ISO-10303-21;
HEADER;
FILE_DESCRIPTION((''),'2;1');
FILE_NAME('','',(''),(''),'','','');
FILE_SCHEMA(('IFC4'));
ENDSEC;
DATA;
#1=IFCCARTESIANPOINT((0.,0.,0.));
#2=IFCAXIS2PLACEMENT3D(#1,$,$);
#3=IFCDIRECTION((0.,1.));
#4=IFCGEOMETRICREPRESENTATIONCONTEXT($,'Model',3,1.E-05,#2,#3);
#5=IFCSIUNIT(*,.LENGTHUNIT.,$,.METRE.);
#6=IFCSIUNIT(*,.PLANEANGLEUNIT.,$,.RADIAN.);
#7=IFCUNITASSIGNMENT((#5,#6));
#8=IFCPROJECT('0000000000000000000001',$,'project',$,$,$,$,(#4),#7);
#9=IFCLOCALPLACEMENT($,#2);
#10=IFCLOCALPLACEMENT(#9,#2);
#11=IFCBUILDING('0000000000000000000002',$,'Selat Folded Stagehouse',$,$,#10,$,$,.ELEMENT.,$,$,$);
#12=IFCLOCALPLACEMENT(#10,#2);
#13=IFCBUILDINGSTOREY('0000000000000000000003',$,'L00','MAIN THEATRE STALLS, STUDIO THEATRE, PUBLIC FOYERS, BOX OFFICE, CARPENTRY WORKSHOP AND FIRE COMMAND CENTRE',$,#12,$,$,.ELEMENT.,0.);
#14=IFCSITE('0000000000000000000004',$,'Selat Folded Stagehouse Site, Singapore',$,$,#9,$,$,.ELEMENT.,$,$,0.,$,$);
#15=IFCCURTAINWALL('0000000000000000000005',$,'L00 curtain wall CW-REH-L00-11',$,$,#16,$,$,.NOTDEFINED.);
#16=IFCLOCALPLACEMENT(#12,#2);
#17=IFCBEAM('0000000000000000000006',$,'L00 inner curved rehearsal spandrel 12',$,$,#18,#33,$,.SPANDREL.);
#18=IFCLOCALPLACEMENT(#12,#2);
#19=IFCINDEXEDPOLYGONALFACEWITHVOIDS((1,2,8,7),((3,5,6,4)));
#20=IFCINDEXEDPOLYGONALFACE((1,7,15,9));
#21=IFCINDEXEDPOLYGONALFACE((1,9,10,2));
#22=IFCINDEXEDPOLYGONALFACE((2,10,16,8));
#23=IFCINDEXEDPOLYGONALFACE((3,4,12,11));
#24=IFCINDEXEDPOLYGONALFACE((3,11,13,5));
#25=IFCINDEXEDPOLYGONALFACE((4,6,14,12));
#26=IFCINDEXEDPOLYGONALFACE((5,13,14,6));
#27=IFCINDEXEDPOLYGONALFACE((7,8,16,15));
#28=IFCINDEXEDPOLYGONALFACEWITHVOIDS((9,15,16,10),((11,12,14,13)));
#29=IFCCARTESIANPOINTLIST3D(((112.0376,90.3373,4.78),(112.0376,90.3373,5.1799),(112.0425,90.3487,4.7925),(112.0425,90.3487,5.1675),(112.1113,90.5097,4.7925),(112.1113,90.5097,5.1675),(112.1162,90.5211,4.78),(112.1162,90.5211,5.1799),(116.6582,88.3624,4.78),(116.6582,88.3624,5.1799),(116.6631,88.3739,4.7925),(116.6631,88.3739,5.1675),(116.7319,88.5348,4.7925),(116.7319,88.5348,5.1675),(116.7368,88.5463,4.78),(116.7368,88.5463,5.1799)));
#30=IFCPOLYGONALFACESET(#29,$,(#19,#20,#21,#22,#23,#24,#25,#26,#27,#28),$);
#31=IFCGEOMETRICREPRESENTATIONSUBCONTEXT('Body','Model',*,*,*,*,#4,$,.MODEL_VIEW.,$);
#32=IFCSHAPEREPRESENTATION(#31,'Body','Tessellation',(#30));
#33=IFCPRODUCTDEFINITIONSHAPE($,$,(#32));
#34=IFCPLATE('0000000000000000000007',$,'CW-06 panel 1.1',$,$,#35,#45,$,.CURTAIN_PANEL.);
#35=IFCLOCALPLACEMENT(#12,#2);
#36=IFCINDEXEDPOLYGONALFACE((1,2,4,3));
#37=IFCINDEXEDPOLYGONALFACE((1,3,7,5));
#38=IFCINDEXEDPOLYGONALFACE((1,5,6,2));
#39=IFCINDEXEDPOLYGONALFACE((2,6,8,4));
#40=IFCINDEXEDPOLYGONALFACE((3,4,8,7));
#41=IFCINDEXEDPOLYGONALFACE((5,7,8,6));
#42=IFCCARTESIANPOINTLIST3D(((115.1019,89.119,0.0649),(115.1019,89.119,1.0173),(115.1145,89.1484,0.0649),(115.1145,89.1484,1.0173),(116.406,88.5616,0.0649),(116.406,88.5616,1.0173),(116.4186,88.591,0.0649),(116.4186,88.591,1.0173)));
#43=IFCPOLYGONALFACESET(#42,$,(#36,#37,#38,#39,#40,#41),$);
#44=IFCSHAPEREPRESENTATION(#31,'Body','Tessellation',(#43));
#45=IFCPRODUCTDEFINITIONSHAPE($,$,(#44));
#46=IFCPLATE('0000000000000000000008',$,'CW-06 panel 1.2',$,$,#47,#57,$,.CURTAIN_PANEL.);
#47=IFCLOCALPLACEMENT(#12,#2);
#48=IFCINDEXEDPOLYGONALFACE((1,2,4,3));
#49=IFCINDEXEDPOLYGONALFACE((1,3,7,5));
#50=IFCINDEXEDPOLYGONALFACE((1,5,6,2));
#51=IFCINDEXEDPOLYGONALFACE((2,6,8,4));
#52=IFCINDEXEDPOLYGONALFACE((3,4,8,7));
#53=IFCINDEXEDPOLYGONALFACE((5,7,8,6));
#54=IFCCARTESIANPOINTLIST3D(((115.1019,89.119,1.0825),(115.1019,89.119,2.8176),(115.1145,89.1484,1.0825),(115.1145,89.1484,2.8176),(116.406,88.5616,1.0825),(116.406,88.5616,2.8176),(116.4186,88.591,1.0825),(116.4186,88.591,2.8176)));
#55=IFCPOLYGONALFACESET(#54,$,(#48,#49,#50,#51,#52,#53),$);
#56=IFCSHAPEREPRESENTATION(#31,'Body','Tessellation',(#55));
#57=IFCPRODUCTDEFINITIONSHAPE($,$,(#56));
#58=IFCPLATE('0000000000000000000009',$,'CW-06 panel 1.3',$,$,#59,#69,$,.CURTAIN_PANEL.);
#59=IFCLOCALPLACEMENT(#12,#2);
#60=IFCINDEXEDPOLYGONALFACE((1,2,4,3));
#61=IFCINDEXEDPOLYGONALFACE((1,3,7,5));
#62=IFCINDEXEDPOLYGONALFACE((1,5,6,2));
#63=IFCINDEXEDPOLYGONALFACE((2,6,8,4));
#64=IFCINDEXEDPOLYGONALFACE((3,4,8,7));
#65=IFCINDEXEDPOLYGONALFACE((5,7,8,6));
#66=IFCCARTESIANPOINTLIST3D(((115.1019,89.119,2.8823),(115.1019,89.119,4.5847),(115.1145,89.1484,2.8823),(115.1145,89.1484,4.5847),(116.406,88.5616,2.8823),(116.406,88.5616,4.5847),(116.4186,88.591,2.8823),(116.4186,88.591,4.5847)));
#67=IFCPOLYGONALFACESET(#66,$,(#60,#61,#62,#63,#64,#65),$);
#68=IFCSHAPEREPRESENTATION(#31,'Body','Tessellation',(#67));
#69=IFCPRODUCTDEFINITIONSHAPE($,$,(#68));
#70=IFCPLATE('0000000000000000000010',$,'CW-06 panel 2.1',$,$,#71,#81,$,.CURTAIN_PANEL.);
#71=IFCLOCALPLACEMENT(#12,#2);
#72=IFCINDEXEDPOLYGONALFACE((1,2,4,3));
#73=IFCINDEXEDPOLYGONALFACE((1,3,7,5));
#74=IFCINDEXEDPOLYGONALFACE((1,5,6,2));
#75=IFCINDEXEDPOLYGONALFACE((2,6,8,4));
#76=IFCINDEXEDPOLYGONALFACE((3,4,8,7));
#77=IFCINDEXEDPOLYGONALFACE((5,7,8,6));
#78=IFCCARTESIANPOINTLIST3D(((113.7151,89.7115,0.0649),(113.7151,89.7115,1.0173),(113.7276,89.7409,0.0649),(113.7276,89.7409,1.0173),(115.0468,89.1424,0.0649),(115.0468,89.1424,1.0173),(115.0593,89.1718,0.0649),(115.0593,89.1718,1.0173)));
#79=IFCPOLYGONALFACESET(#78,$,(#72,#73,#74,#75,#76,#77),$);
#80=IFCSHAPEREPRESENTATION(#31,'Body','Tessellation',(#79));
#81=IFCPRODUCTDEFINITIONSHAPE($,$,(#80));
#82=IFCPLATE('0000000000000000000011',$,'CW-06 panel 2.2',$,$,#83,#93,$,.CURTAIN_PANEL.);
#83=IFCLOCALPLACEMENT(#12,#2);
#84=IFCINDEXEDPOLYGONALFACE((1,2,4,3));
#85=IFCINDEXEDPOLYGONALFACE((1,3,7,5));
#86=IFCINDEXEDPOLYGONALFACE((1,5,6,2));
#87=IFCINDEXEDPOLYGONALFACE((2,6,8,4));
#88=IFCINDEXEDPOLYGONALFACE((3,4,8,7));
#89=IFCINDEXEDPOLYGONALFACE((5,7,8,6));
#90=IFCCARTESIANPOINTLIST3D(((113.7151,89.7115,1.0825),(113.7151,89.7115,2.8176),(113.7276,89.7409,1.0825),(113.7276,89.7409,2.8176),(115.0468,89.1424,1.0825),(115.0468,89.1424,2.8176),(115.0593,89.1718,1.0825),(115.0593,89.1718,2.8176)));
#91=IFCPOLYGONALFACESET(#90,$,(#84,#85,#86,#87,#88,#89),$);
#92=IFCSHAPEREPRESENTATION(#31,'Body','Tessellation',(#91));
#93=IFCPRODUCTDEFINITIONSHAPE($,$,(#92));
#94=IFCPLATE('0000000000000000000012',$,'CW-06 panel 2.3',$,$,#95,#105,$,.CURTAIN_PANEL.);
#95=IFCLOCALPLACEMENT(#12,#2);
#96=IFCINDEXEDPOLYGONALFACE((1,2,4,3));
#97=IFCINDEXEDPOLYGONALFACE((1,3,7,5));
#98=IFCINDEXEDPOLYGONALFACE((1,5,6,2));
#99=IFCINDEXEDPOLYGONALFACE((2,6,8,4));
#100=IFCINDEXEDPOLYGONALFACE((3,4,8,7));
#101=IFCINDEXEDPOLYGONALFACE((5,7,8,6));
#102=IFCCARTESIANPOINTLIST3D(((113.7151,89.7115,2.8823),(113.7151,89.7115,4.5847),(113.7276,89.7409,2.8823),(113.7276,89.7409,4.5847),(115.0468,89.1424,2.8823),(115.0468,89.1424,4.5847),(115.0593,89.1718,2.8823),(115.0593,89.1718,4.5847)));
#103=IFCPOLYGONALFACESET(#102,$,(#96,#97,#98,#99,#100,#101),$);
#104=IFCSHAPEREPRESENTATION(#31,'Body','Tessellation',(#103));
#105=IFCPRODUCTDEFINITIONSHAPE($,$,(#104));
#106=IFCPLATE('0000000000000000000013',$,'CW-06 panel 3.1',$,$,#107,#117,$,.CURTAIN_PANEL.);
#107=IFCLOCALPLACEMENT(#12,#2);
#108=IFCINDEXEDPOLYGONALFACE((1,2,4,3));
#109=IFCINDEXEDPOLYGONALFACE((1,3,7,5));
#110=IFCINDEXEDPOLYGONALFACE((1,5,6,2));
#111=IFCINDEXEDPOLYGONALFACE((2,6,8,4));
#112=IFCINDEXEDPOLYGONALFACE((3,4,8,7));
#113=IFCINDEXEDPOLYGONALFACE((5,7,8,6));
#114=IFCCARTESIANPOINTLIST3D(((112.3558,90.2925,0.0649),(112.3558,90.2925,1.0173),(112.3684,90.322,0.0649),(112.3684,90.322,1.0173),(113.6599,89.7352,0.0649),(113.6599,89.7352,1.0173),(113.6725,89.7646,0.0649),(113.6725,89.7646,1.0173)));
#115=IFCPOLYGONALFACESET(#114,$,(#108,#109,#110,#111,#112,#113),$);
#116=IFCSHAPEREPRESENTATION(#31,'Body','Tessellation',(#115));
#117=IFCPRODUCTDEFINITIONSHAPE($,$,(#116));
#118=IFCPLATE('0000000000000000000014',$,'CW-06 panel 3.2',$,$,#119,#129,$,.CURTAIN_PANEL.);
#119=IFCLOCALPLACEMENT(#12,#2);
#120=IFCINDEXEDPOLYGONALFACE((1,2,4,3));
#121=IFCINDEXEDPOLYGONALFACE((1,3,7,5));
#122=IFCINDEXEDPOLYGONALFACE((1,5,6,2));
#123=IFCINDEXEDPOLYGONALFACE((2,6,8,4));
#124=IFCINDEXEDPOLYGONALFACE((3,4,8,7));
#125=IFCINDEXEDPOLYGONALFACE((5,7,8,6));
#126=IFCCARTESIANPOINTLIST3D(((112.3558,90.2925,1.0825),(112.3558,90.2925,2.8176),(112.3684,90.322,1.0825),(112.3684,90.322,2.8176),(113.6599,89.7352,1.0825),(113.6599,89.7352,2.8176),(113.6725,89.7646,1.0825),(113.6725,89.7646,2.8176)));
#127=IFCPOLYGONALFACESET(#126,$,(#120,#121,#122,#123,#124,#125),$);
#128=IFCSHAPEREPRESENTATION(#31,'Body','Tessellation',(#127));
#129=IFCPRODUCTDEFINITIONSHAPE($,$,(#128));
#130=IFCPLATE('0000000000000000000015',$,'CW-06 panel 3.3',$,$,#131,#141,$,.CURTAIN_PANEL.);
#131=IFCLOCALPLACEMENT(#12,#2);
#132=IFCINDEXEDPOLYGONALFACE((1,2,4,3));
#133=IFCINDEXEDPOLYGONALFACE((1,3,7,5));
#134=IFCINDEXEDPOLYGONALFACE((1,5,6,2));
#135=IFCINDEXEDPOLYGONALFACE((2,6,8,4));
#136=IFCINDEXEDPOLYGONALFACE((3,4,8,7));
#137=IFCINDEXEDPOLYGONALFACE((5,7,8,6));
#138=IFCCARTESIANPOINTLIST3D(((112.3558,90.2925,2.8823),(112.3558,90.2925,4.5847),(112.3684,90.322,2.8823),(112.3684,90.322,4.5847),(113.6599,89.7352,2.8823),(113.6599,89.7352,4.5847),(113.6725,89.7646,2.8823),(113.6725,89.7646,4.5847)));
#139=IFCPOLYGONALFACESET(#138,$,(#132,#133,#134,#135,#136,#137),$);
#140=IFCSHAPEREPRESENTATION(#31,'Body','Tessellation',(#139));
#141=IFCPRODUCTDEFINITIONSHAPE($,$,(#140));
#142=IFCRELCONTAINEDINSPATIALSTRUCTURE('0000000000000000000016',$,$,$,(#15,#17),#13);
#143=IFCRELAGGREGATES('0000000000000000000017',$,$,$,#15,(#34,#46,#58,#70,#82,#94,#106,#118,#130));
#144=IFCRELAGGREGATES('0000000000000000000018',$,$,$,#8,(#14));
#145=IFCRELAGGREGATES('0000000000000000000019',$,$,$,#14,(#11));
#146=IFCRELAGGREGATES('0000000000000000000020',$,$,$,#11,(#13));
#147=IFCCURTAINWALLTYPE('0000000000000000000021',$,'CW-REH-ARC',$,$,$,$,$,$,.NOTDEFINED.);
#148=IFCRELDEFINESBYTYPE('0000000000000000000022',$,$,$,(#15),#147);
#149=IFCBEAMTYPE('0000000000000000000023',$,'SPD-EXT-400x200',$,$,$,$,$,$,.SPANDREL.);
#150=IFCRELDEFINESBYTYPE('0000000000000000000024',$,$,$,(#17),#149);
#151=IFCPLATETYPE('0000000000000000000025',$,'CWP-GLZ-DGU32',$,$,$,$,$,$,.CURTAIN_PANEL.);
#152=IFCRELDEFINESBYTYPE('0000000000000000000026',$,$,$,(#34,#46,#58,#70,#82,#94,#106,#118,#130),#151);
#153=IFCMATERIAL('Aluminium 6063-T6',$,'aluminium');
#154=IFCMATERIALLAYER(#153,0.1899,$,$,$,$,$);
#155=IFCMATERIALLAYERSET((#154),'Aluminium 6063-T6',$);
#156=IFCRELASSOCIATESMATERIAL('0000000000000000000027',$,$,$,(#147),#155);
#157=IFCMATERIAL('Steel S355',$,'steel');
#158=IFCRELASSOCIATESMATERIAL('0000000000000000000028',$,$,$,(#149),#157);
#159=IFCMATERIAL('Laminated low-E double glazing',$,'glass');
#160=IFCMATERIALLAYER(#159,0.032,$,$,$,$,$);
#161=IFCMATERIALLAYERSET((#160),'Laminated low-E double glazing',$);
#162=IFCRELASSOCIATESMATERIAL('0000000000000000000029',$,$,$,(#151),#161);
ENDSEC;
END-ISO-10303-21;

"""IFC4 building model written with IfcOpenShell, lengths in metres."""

from ifc_helpers import new_model, si_unit, direction, frame, origin, origin_2d, place, context, subcontext, project, spatial, rectangle, hollow_rectangle, extrude, material, layer, layer_set, material_profile, profile_set, type_object, element, aggregate, save


model = new_model("IFC4")

# Units and contexts
model_context = context("Model", 3, precision=1e-05, world=origin(), true_north=direction((0.0, 1.0)))
body_context = subcontext(model_context, "Body", "Model", "MODEL_VIEW")
ifc_project = project(units=[si_unit("LENGTHUNIT", "METRE"), si_unit("PLANEANGLEUNIT", "RADIAN")], contexts=[model_context])

# Site, building, storey
site_placement = place(None, origin())
site = spatial("IfcSite", under=ifc_project, at=site_placement, Name="Selat Folded Stagehouse Site, Singapore", CompositionType="ELEMENT", RefElevation=0.0)
building_placement = place(site_placement, origin())
building = spatial("IfcBuilding", under=site, at=building_placement, Name="Selat Folded Stagehouse", CompositionType="ELEMENT")
storey_placement = place(building_placement, origin())
storey = spatial("IfcBuildingStorey", under=building, at=storey_placement, Name="L00", Description="MAIN THEATRE STALLS, STUDIO THEATRE, PUBLIC FOYERS, BOX OFFICE, CARPENTRY WORKSHOP AND FIRE COMMAND CENTRE", CompositionType="ELEMENT", Elevation=0.0)

# Shared definitions
ifc_material_1 = material(Name="Steel S355", Category="steel")

# Shared definitions
ifc_material_2 = material(Name="Aluminium 6063-T6", Category="aluminium")
ifc_layer_1 = layer(ifc_material_2, 0.1899)
ifc_layer_set_1 = layer_set([ifc_layer_1], Name="Aluminium 6063-T6")
curtain_wall_type = type_object("IfcCurtainWallType", Name="CW-REH-ARC", PredefinedType="NOTDEFINED", material=ifc_layer_set_1)

# Curtain wall
curtain_wall_1_placement = place(storey_placement, origin())
curtain_wall_1 = element("IfcCurtainWall", 1, at=curtain_wall_1_placement, inside=storey, type_object=curtain_wall_type, Name="L00 curtain wall CW-REH-L00-11", PredefinedType="NOTDEFINED")

# Beam
ifc_material_profile_1 = material_profile(ifc_material_1, hollow_rectangle(XDim=0.2, YDim=0.3999, WallThickness=0.0125, at=origin_2d()), Name="RHS 400x200x12.5")
ifc_profile_set_1 = profile_set([ifc_material_profile_1], Name="Steel S355")
beam_type_1 = type_object("IfcBeamType", Name="SPD-EXT-400x200", PredefinedType="SPANDREL", material=ifc_profile_set_1)
beam_1_placement = place(storey_placement, frame((112.0769, 90.4292, 4.98), z_axis=(0.919534, -0.39301, 0.0), x_axis=(0.39301, 0.919534, 0.0)))
element("IfcBeam", 2, at=beam_1_placement, inside=storey, type_object=beam_type_1, Name="L00 inner curved rehearsal spandrel 12", PredefinedType="SPANDREL", context=body_context, shape_type="SweptSolid", body=[
    extrude(hollow_rectangle(XDim=0.2, YDim=0.3999, WallThickness=0.0125, at=origin_2d()), origin(), (0.0, 0.0, 1.0), 5.0249),
])

# Plates
ifc_material_3 = material(Name="Laminated low-E double glazing", Category="glass")
ifc_layer_2 = layer(ifc_material_3, 0.032)
ifc_layer_set_2 = layer_set([ifc_layer_2], Name="Laminated low-E double glazing")
plate_type = type_object("IfcPlateType", Name="CWP-GLZ-DGU32", PredefinedType="CURTAIN_PANEL", material=ifc_layer_set_2)
plate_1_placement = place(storey_placement, frame((115.7603, 88.855, 0.0649), z_axis=(0.0, 0.0, 1.0), x_axis=(-0.919533, 0.393012, 0.0)))
plate_1 = element("IfcPlate", 3, at=plate_1_placement, type_object=plate_type, Name="CW-06 panel 1.1", PredefinedType="CURTAIN_PANEL", context=body_context, shape_type="SweptSolid", body=[
    extrude(rectangle(XDim=1.4182, YDim=0.032, at=origin_2d()), origin(), (0.0, 0.0, 1.0), 0.9524),
])
plate_2_placement = place(storey_placement, frame((115.7603, 88.855, 1.0825), z_axis=(0.0, 0.0, 1.0), x_axis=(-0.919533, 0.393012, 0.0)))
plate_2 = element("IfcPlate", 4, at=plate_2_placement, type_object=plate_type, Name="CW-06 panel 1.2", PredefinedType="CURTAIN_PANEL", context=body_context, shape_type="SweptSolid", body=[
    extrude(rectangle(XDim=1.4182, YDim=0.032, at=origin_2d()), origin(), (0.0, 0.0, 1.0), 1.7351),
])
plate_3_placement = place(storey_placement, frame((115.7603, 88.855, 2.8823), z_axis=(0.0, 0.0, 1.0), x_axis=(-0.919533, 0.393012, 0.0)))
plate_3 = element("IfcPlate", 5, at=plate_3_placement, type_object=plate_type, Name="CW-06 panel 1.3", PredefinedType="CURTAIN_PANEL", context=body_context, shape_type="SweptSolid", body=[
    extrude(rectangle(XDim=1.4182, YDim=0.032, at=origin_2d()), origin(), (0.0, 0.0, 1.0), 1.7024),
])
plate_4_placement = place(storey_placement, frame((114.3872, 89.4417, 0.0649), z_axis=(0.0, 0.0, 1.0), x_axis=(-0.919533, 0.393012, 0.0)))
plate_4 = element("IfcPlate", 6, at=plate_4_placement, type_object=plate_type, Name="CW-06 panel 2.1", PredefinedType="CURTAIN_PANEL", context=body_context, shape_type="SweptSolid", body=[
    extrude(rectangle(XDim=1.4482, YDim=0.032, at=origin_2d()), origin(), (0.0, 0.0, 1.0), 0.9524),
])
plate_5_placement = place(storey_placement, frame((114.3872, 89.4417, 1.0825), z_axis=(0.0, 0.0, 1.0), x_axis=(-0.919533, 0.393012, 0.0)))
plate_5 = element("IfcPlate", 7, at=plate_5_placement, type_object=plate_type, Name="CW-06 panel 2.2", PredefinedType="CURTAIN_PANEL", context=body_context, shape_type="SweptSolid", body=[
    extrude(rectangle(XDim=1.4482, YDim=0.032, at=origin_2d()), origin(), (0.0, 0.0, 1.0), 1.7351),
])
plate_6_placement = place(storey_placement, frame((114.3872, 89.4417, 2.8823), z_axis=(0.0, 0.0, 1.0), x_axis=(-0.919533, 0.393012, 0.0)))
plate_6 = element("IfcPlate", 8, at=plate_6_placement, type_object=plate_type, Name="CW-06 panel 2.3", PredefinedType="CURTAIN_PANEL", context=body_context, shape_type="SweptSolid", body=[
    extrude(rectangle(XDim=1.4482, YDim=0.032, at=origin_2d()), origin(), (0.0, 0.0, 1.0), 1.7024),
])
plate_7_placement = place(storey_placement, frame((113.0142, 90.0286, 0.0649), z_axis=(0.0, 0.0, 1.0), x_axis=(-0.919533, 0.393012, 0.0)))
plate_7 = element("IfcPlate", 9, at=plate_7_placement, type_object=plate_type, Name="CW-06 panel 3.1", PredefinedType="CURTAIN_PANEL", context=body_context, shape_type="SweptSolid", body=[
    extrude(rectangle(XDim=1.4182, YDim=0.032, at=origin_2d()), origin(), (0.0, 0.0, 1.0), 0.9524),
])
plate_8_placement = place(storey_placement, frame((113.0142, 90.0286, 1.0825), z_axis=(0.0, 0.0, 1.0), x_axis=(-0.919533, 0.393012, 0.0)))
plate_8 = element("IfcPlate", 10, at=plate_8_placement, type_object=plate_type, Name="CW-06 panel 3.2", PredefinedType="CURTAIN_PANEL", context=body_context, shape_type="SweptSolid", body=[
    extrude(rectangle(XDim=1.4182, YDim=0.032, at=origin_2d()), origin(), (0.0, 0.0, 1.0), 1.7351),
])
plate_9_placement = place(storey_placement, frame((113.0142, 90.0286, 2.8823), z_axis=(0.0, 0.0, 1.0), x_axis=(-0.919533, 0.393012, 0.0)))
plate_9 = element("IfcPlate", 11, at=plate_9_placement, type_object=plate_type, Name="CW-06 panel 3.3", PredefinedType="CURTAIN_PANEL", context=body_context, shape_type="SweptSolid", body=[
    extrude(rectangle(XDim=1.4182, YDim=0.032, at=origin_2d()), origin(), (0.0, 0.0, 1.0), 1.7024),
])
aggregate(curtain_wall_1, [plate_1, plate_2, plate_3, plate_4, plate_5, plate_6, plate_7, plate_8, plate_9])

save(model, "model.ifc")
